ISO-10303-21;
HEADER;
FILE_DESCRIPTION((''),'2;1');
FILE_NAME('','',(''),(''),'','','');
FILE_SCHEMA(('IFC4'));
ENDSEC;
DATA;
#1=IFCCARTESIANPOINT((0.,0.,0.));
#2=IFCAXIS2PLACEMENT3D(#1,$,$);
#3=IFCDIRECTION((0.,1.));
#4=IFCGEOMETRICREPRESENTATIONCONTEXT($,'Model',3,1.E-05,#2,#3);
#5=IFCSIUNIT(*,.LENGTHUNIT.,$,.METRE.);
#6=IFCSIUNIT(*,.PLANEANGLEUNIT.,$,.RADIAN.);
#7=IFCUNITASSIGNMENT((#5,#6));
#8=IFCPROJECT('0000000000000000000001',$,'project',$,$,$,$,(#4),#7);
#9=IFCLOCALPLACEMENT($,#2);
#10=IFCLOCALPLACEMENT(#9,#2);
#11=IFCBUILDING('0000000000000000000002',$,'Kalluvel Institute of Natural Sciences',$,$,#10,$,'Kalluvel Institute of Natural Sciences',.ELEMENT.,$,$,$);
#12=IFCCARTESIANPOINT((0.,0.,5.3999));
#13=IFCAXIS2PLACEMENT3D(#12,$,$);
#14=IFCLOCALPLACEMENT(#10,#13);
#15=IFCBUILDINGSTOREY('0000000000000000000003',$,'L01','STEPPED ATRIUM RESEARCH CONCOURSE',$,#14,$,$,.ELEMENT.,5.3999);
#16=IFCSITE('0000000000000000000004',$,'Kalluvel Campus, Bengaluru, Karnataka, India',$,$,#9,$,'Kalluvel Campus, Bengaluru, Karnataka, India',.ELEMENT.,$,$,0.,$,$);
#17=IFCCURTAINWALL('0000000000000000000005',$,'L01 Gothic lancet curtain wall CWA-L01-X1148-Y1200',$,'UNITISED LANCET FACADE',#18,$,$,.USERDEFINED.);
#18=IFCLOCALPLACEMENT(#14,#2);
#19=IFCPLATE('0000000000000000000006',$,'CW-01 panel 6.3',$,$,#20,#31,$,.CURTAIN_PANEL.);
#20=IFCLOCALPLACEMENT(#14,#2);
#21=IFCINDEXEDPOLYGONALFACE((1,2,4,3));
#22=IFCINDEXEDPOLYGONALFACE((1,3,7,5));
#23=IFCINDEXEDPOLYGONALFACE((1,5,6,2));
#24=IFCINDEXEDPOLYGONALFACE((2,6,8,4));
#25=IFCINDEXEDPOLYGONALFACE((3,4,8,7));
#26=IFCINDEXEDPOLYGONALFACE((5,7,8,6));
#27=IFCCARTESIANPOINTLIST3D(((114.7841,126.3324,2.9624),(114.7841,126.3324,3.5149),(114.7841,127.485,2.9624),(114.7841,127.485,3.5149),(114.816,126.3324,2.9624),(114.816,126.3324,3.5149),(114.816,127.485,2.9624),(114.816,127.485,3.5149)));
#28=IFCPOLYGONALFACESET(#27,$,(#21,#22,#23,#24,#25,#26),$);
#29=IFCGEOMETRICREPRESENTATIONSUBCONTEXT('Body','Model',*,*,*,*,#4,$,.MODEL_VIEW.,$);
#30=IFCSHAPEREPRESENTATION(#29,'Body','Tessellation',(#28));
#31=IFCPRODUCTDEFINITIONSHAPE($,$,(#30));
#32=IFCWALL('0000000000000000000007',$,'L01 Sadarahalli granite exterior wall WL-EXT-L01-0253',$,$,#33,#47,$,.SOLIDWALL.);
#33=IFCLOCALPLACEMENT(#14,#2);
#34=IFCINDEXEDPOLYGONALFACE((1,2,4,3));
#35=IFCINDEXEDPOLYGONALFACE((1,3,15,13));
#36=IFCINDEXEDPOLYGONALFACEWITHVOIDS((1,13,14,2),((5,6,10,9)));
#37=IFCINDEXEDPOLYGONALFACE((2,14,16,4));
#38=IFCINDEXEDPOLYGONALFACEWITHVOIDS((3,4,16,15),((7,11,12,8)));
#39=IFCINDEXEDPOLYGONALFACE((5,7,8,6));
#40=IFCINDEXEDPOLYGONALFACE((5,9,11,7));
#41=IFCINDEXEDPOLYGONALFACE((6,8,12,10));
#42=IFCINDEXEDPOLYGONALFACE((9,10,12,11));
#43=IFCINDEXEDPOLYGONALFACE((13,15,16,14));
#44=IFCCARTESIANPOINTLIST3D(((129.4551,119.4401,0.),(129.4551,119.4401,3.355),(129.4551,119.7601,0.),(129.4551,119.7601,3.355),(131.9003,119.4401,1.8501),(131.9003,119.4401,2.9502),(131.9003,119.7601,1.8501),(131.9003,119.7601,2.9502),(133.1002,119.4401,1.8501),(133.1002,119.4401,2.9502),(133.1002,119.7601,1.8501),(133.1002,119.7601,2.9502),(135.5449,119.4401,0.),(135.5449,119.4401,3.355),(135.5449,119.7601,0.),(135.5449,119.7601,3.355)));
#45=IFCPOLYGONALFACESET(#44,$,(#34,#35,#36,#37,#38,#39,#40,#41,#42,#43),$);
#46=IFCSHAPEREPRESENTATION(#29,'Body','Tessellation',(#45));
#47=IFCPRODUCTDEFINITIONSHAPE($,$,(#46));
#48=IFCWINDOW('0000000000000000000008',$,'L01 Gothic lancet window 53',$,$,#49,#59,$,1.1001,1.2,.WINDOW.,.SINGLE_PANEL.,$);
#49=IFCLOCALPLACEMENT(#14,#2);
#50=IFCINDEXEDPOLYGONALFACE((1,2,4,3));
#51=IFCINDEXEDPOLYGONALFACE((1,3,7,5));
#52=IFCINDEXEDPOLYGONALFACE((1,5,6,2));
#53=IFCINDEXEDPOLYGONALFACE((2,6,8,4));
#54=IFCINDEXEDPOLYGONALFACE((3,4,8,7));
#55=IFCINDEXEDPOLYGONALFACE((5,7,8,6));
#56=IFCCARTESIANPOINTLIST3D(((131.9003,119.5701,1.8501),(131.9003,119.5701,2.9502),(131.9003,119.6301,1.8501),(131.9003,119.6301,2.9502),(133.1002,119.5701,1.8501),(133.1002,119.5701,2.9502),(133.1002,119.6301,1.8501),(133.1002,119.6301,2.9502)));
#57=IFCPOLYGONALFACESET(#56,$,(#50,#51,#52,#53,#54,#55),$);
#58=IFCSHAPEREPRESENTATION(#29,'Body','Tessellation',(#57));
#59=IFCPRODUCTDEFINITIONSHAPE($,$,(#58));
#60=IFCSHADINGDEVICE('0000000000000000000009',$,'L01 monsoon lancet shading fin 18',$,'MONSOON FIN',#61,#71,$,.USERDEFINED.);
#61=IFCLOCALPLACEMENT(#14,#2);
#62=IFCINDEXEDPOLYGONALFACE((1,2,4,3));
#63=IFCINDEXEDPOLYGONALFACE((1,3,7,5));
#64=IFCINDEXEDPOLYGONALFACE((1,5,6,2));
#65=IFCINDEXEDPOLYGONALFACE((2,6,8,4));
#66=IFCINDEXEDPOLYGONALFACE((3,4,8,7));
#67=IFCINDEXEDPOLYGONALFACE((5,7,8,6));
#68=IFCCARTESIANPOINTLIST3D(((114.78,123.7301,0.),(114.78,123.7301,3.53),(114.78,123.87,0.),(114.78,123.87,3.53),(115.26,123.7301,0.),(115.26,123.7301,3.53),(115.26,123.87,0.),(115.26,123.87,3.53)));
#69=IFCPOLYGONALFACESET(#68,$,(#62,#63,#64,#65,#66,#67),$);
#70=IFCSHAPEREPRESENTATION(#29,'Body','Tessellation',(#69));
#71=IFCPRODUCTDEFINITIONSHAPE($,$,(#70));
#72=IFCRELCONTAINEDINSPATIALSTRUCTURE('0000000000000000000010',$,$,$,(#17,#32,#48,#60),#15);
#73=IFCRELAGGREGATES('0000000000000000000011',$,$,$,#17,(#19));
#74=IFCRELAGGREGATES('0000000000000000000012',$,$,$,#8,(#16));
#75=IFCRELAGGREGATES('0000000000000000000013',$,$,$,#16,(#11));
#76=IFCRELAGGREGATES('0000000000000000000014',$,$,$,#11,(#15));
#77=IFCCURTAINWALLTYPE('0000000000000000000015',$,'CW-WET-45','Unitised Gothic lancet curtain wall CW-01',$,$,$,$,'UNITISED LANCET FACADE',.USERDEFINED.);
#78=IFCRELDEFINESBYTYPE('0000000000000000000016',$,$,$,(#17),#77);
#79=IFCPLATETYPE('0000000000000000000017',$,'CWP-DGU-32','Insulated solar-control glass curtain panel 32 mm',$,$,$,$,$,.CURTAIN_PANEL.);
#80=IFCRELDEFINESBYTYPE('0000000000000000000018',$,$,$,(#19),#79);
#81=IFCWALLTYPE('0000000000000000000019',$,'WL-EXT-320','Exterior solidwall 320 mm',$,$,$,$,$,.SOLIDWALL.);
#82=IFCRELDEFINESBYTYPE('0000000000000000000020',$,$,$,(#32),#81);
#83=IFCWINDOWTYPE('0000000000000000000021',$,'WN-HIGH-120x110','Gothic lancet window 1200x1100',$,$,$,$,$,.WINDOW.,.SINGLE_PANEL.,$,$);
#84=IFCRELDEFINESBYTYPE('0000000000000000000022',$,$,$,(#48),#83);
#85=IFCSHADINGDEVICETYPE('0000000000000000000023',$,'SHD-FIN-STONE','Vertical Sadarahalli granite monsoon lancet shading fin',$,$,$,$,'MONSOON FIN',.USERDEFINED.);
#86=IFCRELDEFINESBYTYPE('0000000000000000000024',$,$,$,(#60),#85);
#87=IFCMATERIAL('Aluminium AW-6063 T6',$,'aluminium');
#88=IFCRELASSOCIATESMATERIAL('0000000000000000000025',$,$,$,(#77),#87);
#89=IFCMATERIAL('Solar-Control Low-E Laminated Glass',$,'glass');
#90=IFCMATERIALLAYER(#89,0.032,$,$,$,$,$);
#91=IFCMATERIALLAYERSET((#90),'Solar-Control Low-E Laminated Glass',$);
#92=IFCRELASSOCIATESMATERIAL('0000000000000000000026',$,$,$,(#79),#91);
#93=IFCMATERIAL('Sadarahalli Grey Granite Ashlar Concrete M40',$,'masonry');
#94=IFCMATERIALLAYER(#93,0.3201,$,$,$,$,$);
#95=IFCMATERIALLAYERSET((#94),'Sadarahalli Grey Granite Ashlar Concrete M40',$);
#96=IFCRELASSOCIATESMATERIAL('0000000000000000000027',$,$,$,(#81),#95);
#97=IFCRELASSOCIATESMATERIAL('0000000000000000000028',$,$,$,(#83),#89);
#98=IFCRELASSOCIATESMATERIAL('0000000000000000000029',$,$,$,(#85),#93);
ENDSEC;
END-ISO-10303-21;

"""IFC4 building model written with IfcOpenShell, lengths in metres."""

from ifc_helpers import new_model, si_unit, direction, frame, frame_2d, origin, origin_2d, place, context, subcontext, project, spatial, rectangle, extrude, material, layer, layer_set, type_object, element, fill, aggregate, save


model = new_model("IFC4")

# Units and contexts
model_context = context("Model", 3, precision=1e-05, world=origin(), true_north=direction((0.0, 1.0)))
body_context = subcontext(model_context, "Body", "Model", "MODEL_VIEW")
ifc_project = project(units=[si_unit("LENGTHUNIT", "METRE"), si_unit("PLANEANGLEUNIT", "RADIAN")], contexts=[model_context])

# Site, building, storey
site_placement = place(None, origin())
site = spatial("IfcSite", under=ifc_project, at=site_placement, Name="Kalluvel Campus, Bengaluru, Karnataka, India", LongName="Kalluvel Campus, Bengaluru, Karnataka, India", CompositionType="ELEMENT", RefElevation=0.0)
building_placement = place(site_placement, origin())
building = spatial("IfcBuilding", under=site, at=building_placement, Name="Kalluvel Institute of Natural Sciences", LongName="Kalluvel Institute of Natural Sciences", CompositionType="ELEMENT")
storey_placement = place(building_placement, frame((0.0, 0.0, 5.3999)))
storey = spatial("IfcBuildingStorey", under=building, at=storey_placement, Name="L01", Description="STEPPED ATRIUM RESEARCH CONCOURSE", CompositionType="ELEMENT", Elevation=5.3999)

# Curtain wall, plate
ifc_material_1 = material(Name="Aluminium AW-6063 T6", Category="aluminium")
curtain_wall_type = type_object("IfcCurtainWallType", Name="CW-WET-45", Description="Unitised Gothic lancet curtain wall CW-01", ElementType="UNITISED LANCET FACADE", PredefinedType="USERDEFINED", material=ifc_material_1)
curtain_wall_placement = place(storey_placement, origin())
curtain_wall = element("IfcCurtainWall", 1, at=curtain_wall_placement, inside=storey, type_object=curtain_wall_type, Name="L01 Gothic lancet curtain wall CWA-L01-X1148-Y1200", ObjectType="UNITISED LANCET FACADE", PredefinedType="USERDEFINED")
ifc_material_2 = material(Name="Solar-Control Low-E Laminated Glass", Category="glass")
ifc_layer_1 = layer(ifc_material_2, 0.032)
ifc_layer_set_1 = layer_set([ifc_layer_1], Name="Solar-Control Low-E Laminated Glass")
plate_type = type_object("IfcPlateType", Name="CWP-DGU-32", Description="Insulated solar-control glass curtain panel 32 mm", PredefinedType="CURTAIN_PANEL", material=ifc_layer_set_1)
plate_1_placement = place(storey_placement, frame((114.8, 126.9087, 2.9624), z_axis=(0.0, 0.0, 1.0), x_axis=(0.0, 1.0, 0.0)))
plate_1 = element("IfcPlate", 2, at=plate_1_placement, type_object=plate_type, Name="CW-01 panel 6.3", PredefinedType="CURTAIN_PANEL", context=body_context, shape_type="SweptSolid", body=[
    extrude(rectangle(XDim=1.1526, YDim=0.032, at=origin_2d()), origin(), (0.0, 0.0, 1.0), 0.5525),
])
aggregate(curtain_wall, [plate_1])

# Wall, opening, window
ifc_material_3 = material(Name="Sadarahalli Grey Granite Ashlar Concrete M40", Category="masonry")
ifc_layer_2 = layer(ifc_material_3, 0.3201)
ifc_layer_set_2 = layer_set([ifc_layer_2], Name="Sadarahalli Grey Granite Ashlar Concrete M40")
wall_type = type_object("IfcWallType", Name="WL-EXT-320", Description="Exterior solidwall 320 mm", PredefinedType="SOLIDWALL", material=ifc_layer_set_2)
wall_placement = place(storey_placement, frame((129.4551, 119.6001, 0.0), z_axis=(0.0, 0.0, 1.0), x_axis=(1.0, 0.0, 0.0)))
wall = element("IfcWall", 3, at=wall_placement, inside=storey, type_object=wall_type, Name="L01 Sadarahalli granite exterior wall WL-EXT-L01-0253", PredefinedType="SOLIDWALL", context=body_context, shape_type="SweptSolid", body=[
    extrude(rectangle(XDim=6.0898, YDim=0.3201, at=frame_2d((3.0449, 0.0))), origin(), (0.0, 0.0, 1.0), 3.355),
])
opening_placement = place(wall_placement, frame((2.4451, 0.0, 1.8501)))
opening = element("IfcOpeningElement", 4, at=opening_placement, cuts=wall, PredefinedType="OPENING", context=body_context, shape_type="SweptSolid", body=[
    extrude(rectangle(XDim=1.2, YDim=1.1001, at=frame_2d((0.6001, 0.55))), frame((0.0, 0.1699, 0.0), z_axis=(0.0, -1.0, 0.0), x_axis=(1.0, 0.0, 0.0)), (0.0, 0.0, 1.0), 0.3401),
])
window_type = type_object("IfcWindowType", Name="WN-HIGH-120x110", Description="Gothic lancet window 1200x1100", PartitioningType="SINGLE_PANEL", PredefinedType="WINDOW", material=ifc_material_2)
window_placement = place(opening_placement, origin())
window = element("IfcWindow", 5, at=window_placement, inside=storey, type_object=window_type, Name="L01 Gothic lancet window 53", OverallHeight=1.1001, OverallWidth=1.2, PartitioningType="SINGLE_PANEL", PredefinedType="WINDOW", context=body_context, shape_type="SweptSolid", body=[
    extrude(rectangle(XDim=1.2, YDim=1.1001, at=frame_2d((0.6001, 0.55))), frame((0.0, 0.03, 0.0), z_axis=(0.0, -1.0, 0.0), x_axis=(1.0, 0.0, 0.0)), (0.0, 0.0, 1.0), 0.0601),
])
fill(opening, window)

# Shading device
shading_device_type = type_object("IfcShadingDeviceType", Name="SHD-FIN-STONE", Description="Vertical Sadarahalli granite monsoon lancet shading fin", ElementType="MONSOON FIN", PredefinedType="USERDEFINED", material=ifc_material_3)
shading_device_placement = place(storey_placement, frame((115.02, 123.8, 0.0), z_axis=(0.0, 0.0, 1.0), x_axis=(0.0, 1.0, 0.0)))
element("IfcShadingDevice", 6, at=shading_device_placement, inside=storey, type_object=shading_device_type, Name="L01 monsoon lancet shading fin 18", ObjectType="MONSOON FIN", PredefinedType="USERDEFINED", context=body_context, shape_type="SweptSolid", body=[
    extrude(rectangle(XDim=0.1399, YDim=0.48, at=origin_2d()), origin(), (0.0, 0.0, 1.0), 3.53),
])

save(model, "model.ifc")
